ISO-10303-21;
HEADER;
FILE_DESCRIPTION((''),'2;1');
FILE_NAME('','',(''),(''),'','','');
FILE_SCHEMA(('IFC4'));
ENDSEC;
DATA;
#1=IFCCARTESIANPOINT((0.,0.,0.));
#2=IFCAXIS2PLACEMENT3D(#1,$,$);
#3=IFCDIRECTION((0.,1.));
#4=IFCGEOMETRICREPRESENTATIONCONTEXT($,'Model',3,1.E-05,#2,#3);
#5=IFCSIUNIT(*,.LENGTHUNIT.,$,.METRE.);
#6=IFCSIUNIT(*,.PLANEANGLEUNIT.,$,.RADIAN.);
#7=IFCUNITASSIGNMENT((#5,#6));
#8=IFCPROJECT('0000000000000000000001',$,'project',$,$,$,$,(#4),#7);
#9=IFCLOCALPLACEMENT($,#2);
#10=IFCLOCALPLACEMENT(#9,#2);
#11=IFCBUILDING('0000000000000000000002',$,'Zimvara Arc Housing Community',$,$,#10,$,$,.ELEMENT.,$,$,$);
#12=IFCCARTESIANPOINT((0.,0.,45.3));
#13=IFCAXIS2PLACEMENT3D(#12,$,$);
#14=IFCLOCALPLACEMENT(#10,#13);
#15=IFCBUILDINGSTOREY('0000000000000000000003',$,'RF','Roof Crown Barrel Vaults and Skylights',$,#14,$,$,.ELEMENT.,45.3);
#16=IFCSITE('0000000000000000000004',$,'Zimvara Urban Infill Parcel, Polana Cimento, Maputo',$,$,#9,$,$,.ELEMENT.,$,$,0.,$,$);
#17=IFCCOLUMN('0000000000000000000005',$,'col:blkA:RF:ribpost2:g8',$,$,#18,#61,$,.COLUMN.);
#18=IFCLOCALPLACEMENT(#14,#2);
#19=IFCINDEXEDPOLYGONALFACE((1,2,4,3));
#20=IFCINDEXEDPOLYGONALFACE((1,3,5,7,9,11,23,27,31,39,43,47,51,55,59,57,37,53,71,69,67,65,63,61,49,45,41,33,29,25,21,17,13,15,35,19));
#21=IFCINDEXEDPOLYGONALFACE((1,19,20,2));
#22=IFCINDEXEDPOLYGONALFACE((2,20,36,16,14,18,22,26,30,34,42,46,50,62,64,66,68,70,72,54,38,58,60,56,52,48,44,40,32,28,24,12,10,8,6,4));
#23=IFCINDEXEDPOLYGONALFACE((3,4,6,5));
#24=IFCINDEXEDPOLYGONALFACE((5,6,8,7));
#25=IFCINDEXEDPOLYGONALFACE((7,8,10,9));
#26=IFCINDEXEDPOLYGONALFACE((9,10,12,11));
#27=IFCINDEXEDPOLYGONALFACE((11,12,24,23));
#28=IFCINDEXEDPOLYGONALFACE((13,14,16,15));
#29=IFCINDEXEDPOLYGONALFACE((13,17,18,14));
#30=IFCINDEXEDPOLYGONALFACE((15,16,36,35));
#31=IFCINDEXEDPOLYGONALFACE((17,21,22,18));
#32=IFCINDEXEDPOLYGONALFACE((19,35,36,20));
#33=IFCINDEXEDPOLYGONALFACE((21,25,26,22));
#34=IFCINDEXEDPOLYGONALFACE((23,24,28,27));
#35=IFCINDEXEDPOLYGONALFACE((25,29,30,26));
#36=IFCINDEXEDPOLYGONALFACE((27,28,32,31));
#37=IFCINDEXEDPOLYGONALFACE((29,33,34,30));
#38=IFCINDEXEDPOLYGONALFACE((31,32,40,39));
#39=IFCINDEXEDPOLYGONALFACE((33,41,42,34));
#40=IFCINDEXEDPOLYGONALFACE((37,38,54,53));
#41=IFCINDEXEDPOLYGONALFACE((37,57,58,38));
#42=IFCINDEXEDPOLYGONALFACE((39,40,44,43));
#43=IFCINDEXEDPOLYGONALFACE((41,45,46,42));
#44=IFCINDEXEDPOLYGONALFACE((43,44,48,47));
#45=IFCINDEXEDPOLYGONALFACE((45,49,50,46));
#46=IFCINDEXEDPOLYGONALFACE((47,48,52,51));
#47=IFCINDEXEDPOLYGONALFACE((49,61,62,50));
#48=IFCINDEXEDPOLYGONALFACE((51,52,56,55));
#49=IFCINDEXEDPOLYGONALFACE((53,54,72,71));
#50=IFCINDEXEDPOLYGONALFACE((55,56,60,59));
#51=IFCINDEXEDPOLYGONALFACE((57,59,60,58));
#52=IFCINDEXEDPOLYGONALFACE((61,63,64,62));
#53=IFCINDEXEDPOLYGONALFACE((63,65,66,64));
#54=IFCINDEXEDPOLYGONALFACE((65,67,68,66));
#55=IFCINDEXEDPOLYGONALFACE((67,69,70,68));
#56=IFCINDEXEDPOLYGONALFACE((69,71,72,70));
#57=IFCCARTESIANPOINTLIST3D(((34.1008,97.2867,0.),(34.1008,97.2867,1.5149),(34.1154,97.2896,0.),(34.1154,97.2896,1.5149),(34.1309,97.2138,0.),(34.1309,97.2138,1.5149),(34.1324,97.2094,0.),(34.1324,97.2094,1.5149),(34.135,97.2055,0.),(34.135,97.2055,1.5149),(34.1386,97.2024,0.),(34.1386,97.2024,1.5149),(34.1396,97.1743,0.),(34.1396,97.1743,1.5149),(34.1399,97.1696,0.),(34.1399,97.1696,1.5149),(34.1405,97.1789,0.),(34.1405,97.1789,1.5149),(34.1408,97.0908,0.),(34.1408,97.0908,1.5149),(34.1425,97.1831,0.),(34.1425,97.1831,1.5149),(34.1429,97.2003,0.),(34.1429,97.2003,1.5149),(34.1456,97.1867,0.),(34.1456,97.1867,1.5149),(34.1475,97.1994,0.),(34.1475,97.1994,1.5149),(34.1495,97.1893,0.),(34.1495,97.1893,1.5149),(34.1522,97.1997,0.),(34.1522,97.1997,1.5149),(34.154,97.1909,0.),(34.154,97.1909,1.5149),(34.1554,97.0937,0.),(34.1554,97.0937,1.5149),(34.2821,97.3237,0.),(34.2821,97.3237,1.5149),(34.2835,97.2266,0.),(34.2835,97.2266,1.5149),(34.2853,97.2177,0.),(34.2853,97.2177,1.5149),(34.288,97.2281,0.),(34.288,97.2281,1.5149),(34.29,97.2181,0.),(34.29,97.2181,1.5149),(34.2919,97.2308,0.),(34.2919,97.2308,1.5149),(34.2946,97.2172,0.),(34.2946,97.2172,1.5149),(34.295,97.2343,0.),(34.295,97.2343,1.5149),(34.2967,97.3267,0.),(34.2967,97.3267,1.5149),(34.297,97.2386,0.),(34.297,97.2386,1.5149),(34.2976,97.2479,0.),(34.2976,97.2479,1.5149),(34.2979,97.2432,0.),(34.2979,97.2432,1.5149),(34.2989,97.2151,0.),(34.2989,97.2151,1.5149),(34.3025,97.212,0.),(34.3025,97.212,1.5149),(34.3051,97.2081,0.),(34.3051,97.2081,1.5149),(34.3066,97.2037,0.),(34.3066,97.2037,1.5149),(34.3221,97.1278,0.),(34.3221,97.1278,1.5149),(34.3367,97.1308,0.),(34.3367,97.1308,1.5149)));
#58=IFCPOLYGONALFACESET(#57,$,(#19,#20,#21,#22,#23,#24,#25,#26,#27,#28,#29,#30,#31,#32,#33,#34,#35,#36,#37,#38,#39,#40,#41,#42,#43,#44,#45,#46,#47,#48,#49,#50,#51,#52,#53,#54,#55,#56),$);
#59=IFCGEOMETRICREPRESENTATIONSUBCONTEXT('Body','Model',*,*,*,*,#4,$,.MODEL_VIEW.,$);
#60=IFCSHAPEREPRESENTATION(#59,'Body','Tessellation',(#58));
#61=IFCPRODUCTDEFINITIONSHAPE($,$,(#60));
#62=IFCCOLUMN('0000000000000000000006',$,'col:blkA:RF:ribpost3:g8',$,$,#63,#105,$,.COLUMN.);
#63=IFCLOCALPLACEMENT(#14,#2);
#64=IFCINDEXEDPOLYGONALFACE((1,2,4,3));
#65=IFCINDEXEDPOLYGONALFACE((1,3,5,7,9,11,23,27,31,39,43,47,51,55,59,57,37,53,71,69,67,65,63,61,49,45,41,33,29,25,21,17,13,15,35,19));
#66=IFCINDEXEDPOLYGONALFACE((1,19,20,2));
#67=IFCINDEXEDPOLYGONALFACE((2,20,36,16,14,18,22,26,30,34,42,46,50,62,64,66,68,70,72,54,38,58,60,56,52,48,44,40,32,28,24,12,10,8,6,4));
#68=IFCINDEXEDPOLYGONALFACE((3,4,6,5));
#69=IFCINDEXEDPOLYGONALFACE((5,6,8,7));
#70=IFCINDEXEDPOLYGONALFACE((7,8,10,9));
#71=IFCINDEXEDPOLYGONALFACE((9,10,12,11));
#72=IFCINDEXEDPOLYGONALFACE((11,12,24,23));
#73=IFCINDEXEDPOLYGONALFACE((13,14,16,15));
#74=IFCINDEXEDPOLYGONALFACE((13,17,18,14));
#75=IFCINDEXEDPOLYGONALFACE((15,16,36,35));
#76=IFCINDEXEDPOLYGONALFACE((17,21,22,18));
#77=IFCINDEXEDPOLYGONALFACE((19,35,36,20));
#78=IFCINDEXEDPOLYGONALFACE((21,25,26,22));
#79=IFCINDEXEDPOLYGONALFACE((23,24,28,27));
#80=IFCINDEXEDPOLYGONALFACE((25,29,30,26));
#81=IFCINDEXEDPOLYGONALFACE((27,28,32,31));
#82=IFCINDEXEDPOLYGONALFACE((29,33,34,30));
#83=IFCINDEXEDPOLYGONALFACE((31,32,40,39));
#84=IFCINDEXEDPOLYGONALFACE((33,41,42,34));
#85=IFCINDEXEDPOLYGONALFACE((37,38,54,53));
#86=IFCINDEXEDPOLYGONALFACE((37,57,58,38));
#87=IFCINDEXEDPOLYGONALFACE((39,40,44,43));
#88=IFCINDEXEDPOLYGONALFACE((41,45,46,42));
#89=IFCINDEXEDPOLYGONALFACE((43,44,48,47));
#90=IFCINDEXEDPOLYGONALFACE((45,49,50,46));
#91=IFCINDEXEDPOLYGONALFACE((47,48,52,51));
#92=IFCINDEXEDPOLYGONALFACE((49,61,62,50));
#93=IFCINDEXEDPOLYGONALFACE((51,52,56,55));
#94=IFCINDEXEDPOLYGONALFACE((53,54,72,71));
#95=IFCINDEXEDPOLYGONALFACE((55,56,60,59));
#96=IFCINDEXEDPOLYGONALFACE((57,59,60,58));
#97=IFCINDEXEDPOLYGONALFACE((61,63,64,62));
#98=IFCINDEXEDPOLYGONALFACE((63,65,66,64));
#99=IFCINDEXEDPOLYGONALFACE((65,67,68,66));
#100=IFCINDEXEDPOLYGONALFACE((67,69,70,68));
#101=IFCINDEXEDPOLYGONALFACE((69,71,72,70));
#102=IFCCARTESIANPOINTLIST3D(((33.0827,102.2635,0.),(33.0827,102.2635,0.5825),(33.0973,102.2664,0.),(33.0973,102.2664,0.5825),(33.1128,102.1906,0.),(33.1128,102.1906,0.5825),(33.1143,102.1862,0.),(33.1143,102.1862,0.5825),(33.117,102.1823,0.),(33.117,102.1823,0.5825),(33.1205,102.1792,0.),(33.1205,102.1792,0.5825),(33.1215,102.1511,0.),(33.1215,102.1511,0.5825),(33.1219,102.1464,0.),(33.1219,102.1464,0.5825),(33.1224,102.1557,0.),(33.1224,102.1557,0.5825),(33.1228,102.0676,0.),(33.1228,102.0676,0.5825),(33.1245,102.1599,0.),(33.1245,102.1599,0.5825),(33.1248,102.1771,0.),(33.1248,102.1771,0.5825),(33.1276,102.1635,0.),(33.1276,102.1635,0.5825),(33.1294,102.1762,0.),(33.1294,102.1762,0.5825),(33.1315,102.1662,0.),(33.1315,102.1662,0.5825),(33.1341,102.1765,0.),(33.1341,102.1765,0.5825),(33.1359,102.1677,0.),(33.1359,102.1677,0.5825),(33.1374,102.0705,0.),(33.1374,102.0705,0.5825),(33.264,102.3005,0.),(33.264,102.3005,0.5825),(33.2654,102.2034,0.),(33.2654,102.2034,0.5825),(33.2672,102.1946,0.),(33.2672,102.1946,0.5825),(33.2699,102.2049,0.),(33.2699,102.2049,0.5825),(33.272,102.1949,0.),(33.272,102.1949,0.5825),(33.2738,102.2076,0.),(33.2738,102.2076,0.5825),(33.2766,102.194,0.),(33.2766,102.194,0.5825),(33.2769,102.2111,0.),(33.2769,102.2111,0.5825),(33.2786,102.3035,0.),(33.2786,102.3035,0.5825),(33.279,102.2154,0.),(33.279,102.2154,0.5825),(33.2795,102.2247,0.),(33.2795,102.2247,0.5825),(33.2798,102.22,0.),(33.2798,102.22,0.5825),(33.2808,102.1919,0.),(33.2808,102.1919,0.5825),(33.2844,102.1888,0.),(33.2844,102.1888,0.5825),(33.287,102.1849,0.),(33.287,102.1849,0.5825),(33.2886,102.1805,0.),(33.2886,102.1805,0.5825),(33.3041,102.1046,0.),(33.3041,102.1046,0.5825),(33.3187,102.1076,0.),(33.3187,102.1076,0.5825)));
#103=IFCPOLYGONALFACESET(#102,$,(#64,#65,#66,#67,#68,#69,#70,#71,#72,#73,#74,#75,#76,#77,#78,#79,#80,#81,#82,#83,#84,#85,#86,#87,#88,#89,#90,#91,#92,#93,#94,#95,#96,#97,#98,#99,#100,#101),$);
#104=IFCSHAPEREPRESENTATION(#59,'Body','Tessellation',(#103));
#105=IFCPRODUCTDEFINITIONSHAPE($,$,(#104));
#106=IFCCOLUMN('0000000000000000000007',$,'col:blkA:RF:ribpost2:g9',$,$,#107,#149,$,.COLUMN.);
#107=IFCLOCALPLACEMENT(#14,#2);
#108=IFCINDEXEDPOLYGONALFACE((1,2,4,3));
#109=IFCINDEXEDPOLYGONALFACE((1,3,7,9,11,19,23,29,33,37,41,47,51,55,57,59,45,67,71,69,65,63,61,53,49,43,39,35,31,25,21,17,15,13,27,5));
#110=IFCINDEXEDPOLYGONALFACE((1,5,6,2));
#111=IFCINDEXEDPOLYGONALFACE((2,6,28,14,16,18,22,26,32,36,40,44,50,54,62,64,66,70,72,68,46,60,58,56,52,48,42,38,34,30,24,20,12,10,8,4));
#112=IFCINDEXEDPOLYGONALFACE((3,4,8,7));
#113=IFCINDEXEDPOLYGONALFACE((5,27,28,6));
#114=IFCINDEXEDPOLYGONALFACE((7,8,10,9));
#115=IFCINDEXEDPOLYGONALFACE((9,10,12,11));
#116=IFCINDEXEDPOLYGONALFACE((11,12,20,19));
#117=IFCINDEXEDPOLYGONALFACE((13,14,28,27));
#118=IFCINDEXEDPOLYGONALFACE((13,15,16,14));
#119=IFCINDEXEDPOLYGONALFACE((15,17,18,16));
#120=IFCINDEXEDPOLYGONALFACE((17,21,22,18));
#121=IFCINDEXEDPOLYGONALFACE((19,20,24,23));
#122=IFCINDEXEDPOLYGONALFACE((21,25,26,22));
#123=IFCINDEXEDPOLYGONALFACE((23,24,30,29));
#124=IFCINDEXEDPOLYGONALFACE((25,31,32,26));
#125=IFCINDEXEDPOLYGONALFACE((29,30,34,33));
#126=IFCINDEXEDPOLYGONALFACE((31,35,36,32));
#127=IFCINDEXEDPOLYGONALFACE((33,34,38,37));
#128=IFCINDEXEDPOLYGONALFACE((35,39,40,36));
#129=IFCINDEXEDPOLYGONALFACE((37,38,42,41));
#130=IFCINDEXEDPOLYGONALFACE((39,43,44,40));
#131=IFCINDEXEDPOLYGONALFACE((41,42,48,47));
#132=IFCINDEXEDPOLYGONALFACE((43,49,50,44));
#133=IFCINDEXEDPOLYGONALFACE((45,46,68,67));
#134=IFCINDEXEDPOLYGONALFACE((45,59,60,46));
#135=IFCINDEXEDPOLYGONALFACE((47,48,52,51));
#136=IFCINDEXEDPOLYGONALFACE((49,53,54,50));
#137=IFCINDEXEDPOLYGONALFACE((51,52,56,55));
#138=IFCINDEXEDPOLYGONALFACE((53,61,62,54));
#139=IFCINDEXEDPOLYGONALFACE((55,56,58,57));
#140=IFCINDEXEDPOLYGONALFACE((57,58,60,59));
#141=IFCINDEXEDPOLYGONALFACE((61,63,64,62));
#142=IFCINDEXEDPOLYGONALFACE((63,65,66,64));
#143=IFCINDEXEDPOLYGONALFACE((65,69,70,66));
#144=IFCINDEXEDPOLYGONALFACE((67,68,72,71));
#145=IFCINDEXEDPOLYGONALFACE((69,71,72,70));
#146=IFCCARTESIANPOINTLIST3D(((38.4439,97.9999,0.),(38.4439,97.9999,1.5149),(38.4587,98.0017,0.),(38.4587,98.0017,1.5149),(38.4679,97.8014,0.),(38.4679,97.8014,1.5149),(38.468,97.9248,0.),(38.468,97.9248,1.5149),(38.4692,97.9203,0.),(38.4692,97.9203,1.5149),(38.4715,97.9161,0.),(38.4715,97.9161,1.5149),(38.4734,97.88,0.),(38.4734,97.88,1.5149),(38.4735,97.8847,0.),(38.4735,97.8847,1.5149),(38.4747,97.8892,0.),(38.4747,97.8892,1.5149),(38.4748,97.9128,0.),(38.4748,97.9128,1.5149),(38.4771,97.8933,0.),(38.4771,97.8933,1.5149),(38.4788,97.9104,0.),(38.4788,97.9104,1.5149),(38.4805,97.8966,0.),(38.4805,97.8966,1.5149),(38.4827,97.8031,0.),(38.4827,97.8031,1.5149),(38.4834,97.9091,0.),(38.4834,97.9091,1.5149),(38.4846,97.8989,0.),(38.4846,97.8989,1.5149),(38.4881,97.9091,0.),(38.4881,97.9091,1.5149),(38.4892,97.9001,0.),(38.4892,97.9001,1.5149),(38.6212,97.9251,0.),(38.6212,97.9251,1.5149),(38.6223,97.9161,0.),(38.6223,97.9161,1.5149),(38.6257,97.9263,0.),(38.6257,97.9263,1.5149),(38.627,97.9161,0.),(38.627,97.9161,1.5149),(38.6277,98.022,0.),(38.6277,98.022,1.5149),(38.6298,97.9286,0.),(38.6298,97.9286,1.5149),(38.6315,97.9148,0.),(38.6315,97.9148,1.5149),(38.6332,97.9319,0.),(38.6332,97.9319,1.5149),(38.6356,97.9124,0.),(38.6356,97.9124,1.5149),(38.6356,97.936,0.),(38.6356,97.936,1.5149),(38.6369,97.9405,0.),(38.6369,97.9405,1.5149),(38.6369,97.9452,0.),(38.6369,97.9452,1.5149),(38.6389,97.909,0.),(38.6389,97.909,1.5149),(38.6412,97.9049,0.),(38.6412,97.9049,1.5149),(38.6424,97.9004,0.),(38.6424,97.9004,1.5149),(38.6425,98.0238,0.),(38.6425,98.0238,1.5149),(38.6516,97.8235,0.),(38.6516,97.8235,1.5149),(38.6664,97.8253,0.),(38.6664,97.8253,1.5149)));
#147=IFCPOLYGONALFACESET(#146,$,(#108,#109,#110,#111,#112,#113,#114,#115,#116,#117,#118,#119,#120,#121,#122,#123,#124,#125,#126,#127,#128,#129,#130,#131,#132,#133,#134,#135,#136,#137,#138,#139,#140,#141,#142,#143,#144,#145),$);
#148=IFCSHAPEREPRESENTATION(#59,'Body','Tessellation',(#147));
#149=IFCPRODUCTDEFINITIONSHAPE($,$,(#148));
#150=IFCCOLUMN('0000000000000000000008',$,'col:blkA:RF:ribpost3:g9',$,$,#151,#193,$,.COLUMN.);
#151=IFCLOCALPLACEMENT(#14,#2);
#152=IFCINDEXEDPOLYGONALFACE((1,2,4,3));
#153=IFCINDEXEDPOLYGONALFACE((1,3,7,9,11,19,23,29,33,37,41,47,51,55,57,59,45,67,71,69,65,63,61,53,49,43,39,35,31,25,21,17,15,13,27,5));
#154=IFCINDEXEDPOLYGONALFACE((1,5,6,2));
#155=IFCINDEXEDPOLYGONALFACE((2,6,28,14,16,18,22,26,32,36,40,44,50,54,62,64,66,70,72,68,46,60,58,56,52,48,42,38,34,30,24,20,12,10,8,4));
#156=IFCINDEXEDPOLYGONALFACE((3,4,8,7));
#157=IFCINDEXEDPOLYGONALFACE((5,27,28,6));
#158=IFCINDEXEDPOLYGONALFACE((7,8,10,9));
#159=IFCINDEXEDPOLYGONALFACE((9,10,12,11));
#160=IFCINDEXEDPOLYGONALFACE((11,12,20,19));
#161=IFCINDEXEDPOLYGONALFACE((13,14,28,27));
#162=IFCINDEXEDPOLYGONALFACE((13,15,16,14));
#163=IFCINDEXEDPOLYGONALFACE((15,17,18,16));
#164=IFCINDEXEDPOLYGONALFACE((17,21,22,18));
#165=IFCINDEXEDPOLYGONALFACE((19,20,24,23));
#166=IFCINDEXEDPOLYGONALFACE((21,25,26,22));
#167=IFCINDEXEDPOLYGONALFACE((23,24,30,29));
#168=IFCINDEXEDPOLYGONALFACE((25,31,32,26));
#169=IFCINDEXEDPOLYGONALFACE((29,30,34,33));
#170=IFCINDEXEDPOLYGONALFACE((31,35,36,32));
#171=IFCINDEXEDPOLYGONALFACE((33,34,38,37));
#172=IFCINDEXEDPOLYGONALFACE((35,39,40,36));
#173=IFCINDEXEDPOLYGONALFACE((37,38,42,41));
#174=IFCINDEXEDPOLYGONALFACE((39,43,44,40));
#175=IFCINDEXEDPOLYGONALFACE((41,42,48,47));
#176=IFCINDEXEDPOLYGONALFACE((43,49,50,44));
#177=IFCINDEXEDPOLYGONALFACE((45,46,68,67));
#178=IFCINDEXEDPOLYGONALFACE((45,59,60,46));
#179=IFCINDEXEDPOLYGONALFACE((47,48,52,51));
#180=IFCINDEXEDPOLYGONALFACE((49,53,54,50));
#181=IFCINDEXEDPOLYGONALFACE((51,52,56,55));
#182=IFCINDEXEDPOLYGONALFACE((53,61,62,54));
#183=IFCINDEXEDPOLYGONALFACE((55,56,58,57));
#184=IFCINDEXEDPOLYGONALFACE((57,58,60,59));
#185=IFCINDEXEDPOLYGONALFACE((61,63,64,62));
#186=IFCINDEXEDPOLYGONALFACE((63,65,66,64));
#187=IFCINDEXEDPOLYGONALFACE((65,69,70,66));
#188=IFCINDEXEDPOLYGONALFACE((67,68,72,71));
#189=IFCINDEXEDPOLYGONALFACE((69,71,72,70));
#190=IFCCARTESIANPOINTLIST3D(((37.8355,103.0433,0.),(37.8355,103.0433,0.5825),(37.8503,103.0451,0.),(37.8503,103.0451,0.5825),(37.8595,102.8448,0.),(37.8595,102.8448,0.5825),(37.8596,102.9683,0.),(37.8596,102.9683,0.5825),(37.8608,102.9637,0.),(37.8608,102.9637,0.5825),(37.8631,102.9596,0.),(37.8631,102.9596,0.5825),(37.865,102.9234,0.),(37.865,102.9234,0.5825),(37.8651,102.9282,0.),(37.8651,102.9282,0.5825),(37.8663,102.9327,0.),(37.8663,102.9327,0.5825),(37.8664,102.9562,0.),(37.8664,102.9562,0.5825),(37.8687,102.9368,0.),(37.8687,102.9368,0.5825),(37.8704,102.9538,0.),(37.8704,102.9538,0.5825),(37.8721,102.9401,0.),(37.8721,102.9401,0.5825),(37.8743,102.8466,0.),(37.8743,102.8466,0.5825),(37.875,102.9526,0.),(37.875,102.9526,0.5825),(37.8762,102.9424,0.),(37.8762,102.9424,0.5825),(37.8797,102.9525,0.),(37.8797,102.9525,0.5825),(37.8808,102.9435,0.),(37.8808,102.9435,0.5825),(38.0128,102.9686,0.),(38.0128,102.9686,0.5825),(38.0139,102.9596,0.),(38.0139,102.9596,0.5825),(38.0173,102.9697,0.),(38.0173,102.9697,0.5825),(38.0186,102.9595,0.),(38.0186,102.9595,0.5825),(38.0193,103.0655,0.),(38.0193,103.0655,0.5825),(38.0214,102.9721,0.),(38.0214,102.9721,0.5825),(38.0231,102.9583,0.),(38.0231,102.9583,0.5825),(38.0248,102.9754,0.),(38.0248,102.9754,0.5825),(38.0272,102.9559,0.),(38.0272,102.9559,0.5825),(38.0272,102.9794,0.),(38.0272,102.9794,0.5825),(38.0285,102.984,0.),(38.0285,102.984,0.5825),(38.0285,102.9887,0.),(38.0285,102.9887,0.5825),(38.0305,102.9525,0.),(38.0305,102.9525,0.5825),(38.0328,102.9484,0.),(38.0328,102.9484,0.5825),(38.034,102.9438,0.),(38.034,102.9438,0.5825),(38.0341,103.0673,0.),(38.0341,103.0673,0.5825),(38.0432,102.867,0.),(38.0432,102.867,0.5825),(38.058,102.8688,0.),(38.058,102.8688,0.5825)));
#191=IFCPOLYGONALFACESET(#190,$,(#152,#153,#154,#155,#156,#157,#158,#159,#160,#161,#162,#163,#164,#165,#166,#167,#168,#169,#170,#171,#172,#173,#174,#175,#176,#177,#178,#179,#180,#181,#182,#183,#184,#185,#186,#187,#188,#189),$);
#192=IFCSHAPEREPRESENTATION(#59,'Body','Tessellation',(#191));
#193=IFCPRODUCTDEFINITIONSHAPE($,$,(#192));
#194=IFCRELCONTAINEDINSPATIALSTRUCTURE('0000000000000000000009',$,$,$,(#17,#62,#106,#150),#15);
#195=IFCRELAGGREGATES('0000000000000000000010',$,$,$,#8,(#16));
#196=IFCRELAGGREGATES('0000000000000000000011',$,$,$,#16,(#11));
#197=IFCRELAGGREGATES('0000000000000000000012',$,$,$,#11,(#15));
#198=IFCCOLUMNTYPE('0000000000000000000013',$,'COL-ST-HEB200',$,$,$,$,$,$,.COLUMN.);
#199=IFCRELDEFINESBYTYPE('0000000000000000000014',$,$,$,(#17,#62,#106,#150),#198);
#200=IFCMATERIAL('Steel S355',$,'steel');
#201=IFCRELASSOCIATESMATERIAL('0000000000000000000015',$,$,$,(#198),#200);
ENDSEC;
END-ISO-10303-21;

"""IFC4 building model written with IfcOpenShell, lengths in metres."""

from ifc_helpers import new_model, si_unit, direction, frame, origin, origin_2d, place, context, subcontext, project, spatial, i_section, extrude, material, material_profile, profile_set, type_object, element, save


model = new_model("IFC4")

# Units and contexts
model_context = context("Model", 3, precision=1e-05, world=origin(), true_north=direction((0.0, 1.0)))
body_context = subcontext(model_context, "Body", "Model", "MODEL_VIEW")
ifc_project = project(units=[si_unit("LENGTHUNIT", "METRE"), si_unit("PLANEANGLEUNIT", "RADIAN")], contexts=[model_context])

# Site, building, storey
site_placement = place(None, origin())
site = spatial("IfcSite", under=ifc_project, at=site_placement, Name="Zimvara Urban Infill Parcel, Polana Cimento, Maputo", CompositionType="ELEMENT", RefElevation=0.0)
building_placement = place(site_placement, origin())
building = spatial("IfcBuilding", under=site, at=building_placement, Name="Zimvara Arc Housing Community", CompositionType="ELEMENT")
storey_placement = place(building_placement, frame((0.0, 0.0, 45.3)))
storey = spatial("IfcBuildingStorey", under=building, at=storey_placement, Name="RF", Description="Roof Crown Barrel Vaults and Skylights", CompositionType="ELEMENT", Elevation=45.3)

# Columns
ifc_material_1 = material(Name="Steel S355", Category="steel")
ifc_material_profile_1 = material_profile(ifc_material_1, i_section(OverallWidth=0.2, OverallDepth=0.2, WebThickness=0.009, FlangeThickness=0.0149, FilletRadius=0.0181, at=origin_2d()), Name="HEB 200")
ifc_profile_set_1 = profile_set([ifc_material_profile_1], Name="Steel S355")
column_type = type_object("IfcColumnType", Name="COL-ST-HEB200", PredefinedType="COLUMN", material=ifc_profile_set_1)
column_1_placement = place(storey_placement, frame((34.2188, 97.2087, 0.0), z_axis=(0.0, 0.0, 1.0), x_axis=(-0.200394, 0.979715, 0.0)))
element("IfcColumn", 1, at=column_1_placement, inside=storey, type_object=column_type, Name="col:blkA:RF:ribpost2:g8", PredefinedType="COLUMN", context=body_context, shape_type="SweptSolid", body=[
    extrude(i_section(OverallWidth=0.2, OverallDepth=0.2, WebThickness=0.009, FlangeThickness=0.0149, FilletRadius=0.0181, at=origin_2d()), origin(), (0.0, 0.0, 1.0), 1.5149),
])
column_2_placement = place(storey_placement, frame((33.2007, 102.1855, 0.0), z_axis=(0.0, 0.0, 1.0), x_axis=(-0.200394, 0.979715, 0.0)))
element("IfcColumn", 2, at=column_2_placement, inside=storey, type_object=column_type, Name="col:blkA:RF:ribpost3:g8", PredefinedType="COLUMN", context=body_context, shape_type="SweptSolid", body=[
    extrude(i_section(OverallWidth=0.2, OverallDepth=0.2, WebThickness=0.009, FlangeThickness=0.0149, FilletRadius=0.0181, at=origin_2d()), origin(), (0.0, 0.0, 1.0), 0.5825),
])
column_3_placement = place(storey_placement, frame((38.5552, 97.9126, 0.0), z_axis=(0.0, 0.0, 1.0), x_axis=(-0.11979, 0.992799, 0.0)))
element("IfcColumn", 3, at=column_3_placement, inside=storey, type_object=column_type, Name="col:blkA:RF:ribpost2:g9", PredefinedType="COLUMN", context=body_context, shape_type="SweptSolid", body=[
    extrude(i_section(OverallWidth=0.2, OverallDepth=0.2, WebThickness=0.009, FlangeThickness=0.0149, FilletRadius=0.0181, at=origin_2d()), origin(), (0.0, 0.0, 1.0), 1.5149),
])
column_4_placement = place(storey_placement, frame((37.9468, 102.9561, 0.0), z_axis=(0.0, 0.0, 1.0), x_axis=(-0.11979, 0.992799, 0.0)))
element("IfcColumn", 4, at=column_4_placement, inside=storey, type_object=column_type, Name="col:blkA:RF:ribpost3:g9", PredefinedType="COLUMN", context=body_context, shape_type="SweptSolid", body=[
    extrude(i_section(OverallWidth=0.2, OverallDepth=0.2, WebThickness=0.009, FlangeThickness=0.0149, FilletRadius=0.0181, at=origin_2d()), origin(), (0.0, 0.0, 1.0), 0.5825),
])

save(model, "model.ifc")
